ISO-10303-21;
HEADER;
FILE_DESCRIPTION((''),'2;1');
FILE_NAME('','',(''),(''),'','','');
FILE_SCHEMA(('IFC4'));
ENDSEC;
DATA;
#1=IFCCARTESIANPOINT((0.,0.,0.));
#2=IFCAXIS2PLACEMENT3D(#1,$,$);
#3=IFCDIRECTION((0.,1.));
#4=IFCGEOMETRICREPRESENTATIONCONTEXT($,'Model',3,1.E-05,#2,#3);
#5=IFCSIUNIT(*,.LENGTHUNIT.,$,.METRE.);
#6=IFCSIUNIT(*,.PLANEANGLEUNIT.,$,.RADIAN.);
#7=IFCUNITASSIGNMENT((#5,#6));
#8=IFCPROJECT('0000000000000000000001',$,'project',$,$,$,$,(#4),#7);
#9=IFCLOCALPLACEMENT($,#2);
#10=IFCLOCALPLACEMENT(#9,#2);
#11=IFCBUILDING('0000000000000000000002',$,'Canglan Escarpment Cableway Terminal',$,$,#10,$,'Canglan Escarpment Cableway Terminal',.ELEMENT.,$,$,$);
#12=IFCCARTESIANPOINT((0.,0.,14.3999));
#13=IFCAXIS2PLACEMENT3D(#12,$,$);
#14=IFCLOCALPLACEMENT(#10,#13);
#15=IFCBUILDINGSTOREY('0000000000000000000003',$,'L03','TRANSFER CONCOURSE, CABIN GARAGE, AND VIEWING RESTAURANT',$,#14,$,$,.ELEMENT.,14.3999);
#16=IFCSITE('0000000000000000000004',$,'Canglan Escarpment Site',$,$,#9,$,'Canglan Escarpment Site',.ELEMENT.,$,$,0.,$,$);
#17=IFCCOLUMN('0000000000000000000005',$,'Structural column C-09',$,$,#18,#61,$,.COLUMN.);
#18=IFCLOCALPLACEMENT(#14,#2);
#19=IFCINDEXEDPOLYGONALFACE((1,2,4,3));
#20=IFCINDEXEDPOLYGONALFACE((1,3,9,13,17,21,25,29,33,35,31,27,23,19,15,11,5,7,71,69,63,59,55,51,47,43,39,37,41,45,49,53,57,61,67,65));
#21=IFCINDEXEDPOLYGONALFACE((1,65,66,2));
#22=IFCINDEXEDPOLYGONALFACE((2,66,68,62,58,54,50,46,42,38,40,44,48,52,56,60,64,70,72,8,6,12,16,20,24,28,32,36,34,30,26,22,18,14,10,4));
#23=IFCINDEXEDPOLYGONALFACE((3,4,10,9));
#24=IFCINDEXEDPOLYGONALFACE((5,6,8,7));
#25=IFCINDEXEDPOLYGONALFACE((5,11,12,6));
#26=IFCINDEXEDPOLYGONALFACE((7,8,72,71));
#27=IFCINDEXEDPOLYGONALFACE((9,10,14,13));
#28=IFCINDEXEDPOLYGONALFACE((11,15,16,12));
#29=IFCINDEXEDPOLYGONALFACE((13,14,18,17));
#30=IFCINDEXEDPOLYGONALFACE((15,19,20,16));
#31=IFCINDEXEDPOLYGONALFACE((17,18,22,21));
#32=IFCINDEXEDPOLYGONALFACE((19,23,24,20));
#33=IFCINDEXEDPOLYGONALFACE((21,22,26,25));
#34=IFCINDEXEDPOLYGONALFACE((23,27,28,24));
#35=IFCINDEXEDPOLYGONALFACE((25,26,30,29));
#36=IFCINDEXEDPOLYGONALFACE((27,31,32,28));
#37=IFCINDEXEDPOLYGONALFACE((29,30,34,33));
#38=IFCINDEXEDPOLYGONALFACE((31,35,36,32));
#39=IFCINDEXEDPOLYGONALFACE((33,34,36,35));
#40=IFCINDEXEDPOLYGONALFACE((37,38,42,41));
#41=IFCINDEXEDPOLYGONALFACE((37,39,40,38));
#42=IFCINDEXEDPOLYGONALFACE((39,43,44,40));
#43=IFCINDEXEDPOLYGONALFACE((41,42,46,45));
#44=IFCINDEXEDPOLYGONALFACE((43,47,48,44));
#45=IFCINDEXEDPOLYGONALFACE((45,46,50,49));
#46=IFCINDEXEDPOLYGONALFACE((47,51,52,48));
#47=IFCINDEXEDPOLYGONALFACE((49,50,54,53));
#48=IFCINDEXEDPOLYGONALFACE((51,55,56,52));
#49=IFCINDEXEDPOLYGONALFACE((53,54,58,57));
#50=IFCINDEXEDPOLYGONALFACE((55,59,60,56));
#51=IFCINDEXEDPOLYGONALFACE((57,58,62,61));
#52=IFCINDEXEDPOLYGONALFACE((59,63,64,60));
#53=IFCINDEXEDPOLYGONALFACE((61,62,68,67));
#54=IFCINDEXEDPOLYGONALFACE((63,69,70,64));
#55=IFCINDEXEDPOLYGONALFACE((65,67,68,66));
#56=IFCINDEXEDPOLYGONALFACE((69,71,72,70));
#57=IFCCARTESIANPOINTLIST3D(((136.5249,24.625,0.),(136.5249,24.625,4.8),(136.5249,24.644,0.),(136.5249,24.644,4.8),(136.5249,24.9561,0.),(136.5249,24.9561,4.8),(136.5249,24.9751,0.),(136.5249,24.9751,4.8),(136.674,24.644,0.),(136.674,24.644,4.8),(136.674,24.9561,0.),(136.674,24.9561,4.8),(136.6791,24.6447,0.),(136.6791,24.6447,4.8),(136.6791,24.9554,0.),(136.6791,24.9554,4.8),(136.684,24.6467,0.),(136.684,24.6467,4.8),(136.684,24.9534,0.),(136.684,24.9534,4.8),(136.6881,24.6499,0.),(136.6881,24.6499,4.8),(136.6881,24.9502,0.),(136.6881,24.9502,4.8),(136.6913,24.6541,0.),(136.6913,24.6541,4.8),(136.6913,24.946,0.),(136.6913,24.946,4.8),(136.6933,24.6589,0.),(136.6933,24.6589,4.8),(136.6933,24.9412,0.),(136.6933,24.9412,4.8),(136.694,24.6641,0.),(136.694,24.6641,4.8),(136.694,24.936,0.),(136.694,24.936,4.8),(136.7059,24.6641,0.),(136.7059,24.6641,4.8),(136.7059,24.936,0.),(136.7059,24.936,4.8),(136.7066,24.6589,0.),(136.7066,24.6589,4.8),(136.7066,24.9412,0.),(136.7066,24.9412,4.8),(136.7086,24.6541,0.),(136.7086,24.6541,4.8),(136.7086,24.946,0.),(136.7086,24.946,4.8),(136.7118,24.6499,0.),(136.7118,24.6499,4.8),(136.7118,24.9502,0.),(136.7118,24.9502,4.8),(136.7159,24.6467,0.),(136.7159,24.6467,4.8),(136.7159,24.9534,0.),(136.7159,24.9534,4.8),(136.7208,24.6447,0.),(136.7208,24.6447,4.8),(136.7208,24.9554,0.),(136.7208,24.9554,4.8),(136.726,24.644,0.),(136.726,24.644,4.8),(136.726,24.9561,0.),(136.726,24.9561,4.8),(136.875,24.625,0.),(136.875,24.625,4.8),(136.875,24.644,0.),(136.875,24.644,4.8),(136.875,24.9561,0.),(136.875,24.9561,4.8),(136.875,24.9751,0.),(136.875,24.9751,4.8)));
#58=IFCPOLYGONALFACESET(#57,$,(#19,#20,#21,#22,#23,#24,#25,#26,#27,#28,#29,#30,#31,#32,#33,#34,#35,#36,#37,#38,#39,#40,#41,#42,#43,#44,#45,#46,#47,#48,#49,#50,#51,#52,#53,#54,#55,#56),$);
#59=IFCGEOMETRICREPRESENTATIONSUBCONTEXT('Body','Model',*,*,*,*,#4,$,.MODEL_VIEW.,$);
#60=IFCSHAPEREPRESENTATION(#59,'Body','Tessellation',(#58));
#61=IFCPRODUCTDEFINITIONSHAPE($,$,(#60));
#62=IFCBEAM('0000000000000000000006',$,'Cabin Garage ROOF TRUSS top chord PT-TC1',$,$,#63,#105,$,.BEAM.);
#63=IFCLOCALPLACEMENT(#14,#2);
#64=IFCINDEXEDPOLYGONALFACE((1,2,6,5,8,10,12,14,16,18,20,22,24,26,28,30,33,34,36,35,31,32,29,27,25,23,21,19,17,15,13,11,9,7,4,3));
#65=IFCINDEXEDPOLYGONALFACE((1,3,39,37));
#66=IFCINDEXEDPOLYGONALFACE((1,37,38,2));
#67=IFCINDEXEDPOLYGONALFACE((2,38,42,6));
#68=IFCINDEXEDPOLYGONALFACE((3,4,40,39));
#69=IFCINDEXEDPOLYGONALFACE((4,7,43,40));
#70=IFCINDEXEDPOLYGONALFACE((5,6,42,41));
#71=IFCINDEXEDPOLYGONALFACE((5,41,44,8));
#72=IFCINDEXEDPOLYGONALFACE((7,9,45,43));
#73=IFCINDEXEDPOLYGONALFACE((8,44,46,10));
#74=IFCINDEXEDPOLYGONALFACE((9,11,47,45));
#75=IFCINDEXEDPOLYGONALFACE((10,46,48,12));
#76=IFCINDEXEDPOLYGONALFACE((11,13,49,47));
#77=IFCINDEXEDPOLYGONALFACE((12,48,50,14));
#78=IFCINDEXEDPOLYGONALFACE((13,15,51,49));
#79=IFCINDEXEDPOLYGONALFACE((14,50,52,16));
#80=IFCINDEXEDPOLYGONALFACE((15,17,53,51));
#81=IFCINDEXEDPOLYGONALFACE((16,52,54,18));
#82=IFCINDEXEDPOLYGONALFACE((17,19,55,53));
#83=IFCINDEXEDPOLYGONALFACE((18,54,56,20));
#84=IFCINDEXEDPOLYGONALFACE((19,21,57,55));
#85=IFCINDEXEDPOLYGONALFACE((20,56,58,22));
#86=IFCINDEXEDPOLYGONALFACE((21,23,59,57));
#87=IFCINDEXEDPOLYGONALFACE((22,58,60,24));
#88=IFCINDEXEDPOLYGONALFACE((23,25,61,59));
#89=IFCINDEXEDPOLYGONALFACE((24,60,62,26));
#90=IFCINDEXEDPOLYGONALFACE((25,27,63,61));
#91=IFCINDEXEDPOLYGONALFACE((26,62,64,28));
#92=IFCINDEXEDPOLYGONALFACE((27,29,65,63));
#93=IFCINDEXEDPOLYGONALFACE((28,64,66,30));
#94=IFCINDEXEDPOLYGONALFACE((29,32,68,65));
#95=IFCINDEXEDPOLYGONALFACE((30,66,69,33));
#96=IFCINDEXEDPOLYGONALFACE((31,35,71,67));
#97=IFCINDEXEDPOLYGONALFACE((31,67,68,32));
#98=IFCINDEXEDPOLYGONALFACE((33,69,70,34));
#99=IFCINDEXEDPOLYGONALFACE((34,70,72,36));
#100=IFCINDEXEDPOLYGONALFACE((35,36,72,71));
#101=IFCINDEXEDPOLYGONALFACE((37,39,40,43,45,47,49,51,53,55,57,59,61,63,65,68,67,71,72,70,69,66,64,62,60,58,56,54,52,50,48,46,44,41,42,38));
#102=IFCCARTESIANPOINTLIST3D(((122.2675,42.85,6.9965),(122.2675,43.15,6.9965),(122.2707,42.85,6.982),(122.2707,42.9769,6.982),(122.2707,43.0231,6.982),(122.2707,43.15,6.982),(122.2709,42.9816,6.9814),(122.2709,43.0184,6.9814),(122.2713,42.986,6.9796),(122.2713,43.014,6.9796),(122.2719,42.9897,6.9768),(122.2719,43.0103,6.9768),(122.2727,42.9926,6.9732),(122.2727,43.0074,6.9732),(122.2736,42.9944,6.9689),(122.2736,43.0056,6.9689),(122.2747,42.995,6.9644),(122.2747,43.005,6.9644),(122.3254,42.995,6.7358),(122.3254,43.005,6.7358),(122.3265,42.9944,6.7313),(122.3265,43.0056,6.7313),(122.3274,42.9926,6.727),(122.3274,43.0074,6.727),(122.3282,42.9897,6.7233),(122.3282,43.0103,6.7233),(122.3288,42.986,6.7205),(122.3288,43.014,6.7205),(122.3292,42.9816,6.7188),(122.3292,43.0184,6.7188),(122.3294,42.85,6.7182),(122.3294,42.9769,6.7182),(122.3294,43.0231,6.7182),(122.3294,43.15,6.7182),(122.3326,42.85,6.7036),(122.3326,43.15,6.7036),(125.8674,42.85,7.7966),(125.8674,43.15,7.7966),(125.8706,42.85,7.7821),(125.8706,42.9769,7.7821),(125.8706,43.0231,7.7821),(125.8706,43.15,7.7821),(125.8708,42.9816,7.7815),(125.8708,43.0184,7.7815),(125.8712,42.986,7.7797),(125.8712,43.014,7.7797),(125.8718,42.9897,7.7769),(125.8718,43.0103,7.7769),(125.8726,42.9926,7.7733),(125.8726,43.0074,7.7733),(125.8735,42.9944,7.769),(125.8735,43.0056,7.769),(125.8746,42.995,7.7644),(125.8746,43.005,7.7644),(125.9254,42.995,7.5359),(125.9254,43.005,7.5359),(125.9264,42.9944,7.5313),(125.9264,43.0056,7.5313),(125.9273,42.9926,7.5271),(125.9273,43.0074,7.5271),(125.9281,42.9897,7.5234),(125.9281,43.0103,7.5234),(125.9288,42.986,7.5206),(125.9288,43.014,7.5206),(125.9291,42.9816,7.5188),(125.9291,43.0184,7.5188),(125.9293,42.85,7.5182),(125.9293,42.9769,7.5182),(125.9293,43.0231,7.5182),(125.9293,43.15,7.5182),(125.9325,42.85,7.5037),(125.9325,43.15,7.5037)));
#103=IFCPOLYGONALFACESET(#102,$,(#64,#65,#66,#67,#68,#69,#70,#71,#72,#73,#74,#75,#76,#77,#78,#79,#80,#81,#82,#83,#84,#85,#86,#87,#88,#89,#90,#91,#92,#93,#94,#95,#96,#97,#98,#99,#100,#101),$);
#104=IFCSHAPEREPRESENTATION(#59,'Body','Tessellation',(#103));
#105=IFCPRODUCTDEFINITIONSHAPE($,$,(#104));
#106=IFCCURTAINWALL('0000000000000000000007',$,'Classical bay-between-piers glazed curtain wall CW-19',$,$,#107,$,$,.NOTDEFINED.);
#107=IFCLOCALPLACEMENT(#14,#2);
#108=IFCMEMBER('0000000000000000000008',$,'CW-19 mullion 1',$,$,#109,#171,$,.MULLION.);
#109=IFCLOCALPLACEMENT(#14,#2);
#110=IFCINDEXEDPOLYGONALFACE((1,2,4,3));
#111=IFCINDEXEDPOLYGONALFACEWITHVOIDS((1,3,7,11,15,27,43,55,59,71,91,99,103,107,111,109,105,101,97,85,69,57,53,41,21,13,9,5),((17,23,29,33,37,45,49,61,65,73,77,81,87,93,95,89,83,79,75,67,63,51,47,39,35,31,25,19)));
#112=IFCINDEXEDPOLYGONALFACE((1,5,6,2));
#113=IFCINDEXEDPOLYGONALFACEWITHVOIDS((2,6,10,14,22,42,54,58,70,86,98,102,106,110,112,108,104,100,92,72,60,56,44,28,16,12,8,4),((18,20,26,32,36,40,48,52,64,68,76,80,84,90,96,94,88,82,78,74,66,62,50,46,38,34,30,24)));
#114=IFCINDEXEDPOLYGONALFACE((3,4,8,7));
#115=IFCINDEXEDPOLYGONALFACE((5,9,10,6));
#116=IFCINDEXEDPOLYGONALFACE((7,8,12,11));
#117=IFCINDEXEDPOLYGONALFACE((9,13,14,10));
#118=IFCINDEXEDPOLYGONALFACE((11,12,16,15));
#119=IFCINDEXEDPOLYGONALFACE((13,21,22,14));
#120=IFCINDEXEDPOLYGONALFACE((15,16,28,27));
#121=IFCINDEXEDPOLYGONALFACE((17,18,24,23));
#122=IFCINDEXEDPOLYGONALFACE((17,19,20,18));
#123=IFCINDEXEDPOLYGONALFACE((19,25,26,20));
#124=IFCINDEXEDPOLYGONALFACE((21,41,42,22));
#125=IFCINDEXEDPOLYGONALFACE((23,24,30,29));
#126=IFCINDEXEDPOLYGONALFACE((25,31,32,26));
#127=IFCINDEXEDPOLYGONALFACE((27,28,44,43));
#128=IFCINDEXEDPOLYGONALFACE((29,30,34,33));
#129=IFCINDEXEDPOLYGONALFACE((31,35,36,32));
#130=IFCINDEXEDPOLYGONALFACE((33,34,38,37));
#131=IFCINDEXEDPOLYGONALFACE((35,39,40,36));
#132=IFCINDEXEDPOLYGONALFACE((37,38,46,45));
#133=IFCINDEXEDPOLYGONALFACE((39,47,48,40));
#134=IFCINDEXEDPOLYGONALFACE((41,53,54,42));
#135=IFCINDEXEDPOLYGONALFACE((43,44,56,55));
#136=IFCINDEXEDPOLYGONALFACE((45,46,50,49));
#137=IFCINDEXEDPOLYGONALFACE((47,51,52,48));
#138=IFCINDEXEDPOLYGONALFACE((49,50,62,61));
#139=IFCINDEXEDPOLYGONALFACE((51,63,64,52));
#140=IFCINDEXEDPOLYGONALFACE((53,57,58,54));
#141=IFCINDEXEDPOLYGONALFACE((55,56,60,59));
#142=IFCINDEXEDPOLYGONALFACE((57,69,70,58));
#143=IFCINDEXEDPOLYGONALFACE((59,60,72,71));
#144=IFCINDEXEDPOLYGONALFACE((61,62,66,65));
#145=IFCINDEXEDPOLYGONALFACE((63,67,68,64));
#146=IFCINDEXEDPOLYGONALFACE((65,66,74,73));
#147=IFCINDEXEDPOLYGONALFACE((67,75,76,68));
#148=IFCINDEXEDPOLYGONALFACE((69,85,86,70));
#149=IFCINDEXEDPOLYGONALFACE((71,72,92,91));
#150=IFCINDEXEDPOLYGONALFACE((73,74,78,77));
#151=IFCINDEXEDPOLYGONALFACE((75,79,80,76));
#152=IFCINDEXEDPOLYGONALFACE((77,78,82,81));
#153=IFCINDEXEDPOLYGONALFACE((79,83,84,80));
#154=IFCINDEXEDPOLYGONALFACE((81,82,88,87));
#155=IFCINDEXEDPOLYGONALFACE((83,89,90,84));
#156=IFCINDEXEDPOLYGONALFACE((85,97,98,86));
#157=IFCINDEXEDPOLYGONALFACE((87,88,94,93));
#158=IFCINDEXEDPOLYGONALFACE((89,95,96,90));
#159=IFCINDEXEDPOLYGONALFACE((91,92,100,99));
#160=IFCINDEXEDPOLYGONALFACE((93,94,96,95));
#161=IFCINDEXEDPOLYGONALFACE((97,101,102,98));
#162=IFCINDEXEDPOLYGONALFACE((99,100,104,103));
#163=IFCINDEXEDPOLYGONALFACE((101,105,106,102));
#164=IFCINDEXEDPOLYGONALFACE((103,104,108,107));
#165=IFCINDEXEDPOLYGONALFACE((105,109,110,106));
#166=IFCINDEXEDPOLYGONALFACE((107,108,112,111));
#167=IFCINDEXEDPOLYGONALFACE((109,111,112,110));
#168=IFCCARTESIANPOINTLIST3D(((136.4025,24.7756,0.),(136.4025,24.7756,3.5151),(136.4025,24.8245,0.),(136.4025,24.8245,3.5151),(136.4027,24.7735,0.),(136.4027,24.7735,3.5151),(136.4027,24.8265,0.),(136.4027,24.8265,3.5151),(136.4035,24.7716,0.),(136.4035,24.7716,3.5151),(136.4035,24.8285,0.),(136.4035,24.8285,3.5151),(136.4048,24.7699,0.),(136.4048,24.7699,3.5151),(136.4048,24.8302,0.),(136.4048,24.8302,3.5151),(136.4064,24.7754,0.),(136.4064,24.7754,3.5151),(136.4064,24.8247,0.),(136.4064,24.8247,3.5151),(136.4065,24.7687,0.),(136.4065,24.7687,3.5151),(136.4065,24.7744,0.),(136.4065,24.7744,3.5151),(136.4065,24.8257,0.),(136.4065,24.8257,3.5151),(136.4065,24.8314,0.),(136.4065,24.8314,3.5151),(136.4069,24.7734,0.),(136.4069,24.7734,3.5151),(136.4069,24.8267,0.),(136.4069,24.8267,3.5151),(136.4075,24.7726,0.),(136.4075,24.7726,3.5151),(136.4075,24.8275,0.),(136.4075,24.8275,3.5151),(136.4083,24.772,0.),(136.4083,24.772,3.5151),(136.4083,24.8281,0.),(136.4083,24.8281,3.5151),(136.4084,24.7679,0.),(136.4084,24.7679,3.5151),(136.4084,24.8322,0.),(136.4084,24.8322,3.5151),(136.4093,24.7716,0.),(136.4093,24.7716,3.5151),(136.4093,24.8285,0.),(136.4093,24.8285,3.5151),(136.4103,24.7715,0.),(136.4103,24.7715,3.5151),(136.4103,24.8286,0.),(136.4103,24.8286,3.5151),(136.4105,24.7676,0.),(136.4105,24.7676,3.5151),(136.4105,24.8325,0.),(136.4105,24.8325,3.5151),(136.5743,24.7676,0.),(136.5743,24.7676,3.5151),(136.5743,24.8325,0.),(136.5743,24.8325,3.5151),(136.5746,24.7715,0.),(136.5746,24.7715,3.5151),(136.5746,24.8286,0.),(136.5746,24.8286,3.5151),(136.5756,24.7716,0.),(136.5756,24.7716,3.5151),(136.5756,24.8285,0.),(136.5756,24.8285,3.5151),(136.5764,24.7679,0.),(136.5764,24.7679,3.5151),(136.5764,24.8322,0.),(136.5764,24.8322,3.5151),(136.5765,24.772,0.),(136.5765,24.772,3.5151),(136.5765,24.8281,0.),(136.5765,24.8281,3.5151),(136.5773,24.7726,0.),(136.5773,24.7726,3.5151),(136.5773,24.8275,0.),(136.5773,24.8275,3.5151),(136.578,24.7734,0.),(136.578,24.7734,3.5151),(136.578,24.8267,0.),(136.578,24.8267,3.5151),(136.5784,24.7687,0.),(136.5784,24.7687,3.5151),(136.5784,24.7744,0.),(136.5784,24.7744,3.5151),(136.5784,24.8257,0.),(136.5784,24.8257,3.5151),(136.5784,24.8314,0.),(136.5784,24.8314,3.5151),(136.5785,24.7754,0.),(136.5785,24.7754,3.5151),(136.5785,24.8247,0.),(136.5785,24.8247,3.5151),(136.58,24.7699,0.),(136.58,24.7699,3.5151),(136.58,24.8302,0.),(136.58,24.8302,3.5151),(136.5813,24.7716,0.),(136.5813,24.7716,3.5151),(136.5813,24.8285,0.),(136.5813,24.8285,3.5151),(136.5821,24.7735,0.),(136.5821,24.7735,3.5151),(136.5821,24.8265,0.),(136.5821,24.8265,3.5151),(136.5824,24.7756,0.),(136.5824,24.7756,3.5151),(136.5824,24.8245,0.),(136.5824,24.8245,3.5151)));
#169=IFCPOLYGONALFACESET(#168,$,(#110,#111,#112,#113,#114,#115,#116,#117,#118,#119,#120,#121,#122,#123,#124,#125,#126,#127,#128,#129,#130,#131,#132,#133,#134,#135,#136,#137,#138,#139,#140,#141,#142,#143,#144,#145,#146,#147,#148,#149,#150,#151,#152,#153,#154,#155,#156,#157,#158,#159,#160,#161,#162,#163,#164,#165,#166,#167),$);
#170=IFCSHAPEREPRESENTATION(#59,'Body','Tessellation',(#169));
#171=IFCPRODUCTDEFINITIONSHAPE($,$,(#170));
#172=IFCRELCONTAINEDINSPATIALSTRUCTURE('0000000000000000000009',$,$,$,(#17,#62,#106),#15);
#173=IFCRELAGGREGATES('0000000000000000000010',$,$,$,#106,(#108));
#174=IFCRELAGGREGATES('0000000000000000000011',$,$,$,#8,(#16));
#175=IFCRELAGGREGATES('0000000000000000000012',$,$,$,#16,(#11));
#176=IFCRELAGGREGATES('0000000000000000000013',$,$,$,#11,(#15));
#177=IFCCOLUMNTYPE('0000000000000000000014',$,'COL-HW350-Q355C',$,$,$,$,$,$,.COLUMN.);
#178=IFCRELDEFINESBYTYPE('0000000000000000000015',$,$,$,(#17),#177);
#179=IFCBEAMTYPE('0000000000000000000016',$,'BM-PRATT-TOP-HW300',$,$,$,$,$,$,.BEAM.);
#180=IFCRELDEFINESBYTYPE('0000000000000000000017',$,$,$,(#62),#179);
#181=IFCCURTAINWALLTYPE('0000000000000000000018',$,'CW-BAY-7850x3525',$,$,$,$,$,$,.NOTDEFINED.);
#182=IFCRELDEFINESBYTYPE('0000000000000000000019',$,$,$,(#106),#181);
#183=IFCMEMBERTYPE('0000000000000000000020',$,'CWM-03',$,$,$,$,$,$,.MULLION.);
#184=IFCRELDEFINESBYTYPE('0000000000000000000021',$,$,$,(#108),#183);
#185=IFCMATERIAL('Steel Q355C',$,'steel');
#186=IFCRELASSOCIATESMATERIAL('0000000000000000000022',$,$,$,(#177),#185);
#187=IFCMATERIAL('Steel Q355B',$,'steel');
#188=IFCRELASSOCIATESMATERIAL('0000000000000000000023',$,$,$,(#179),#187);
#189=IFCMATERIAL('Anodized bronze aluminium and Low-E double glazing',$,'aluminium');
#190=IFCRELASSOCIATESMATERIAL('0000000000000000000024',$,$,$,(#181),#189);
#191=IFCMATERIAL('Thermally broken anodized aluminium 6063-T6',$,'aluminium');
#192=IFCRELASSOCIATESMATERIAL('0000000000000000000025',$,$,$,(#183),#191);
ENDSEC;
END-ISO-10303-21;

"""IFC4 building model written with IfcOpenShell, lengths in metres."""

from ifc_helpers import new_model, si_unit, direction, frame, origin, origin_2d, place, context, subcontext, project, spatial, hollow_rectangle, i_section, extrude, material, material_profile, profile_set, type_object, element, aggregate, save


model = new_model("IFC4")

# Units and contexts
model_context = context("Model", 3, precision=1e-05, world=origin(), true_north=direction((0.0, 1.0)))
body_context = subcontext(model_context, "Body", "Model", "MODEL_VIEW")
ifc_project = project(units=[si_unit("LENGTHUNIT", "METRE"), si_unit("PLANEANGLEUNIT", "RADIAN")], contexts=[model_context])

# Site, building, storey
site_placement = place(None, origin())
site = spatial("IfcSite", under=ifc_project, at=site_placement, Name="Canglan Escarpment Site", LongName="Canglan Escarpment Site", CompositionType="ELEMENT", RefElevation=0.0)
building_placement = place(site_placement, origin())
building = spatial("IfcBuilding", under=site, at=building_placement, Name="Canglan Escarpment Cableway Terminal", LongName="Canglan Escarpment Cableway Terminal", CompositionType="ELEMENT")
storey_placement = place(building_placement, frame((0.0, 0.0, 14.3999)))
storey = spatial("IfcBuildingStorey", under=building, at=storey_placement, Name="L03", Description="TRANSFER CONCOURSE, CABIN GARAGE, AND VIEWING RESTAURANT", CompositionType="ELEMENT", Elevation=14.3999)

# Column
ifc_material_1 = material(Name="Steel Q355C", Category="steel")
ifc_material_profile_1 = material_profile(ifc_material_1, i_section(OverallWidth=0.3501, OverallDepth=0.3501, WebThickness=0.012, FlangeThickness=0.019, FilletRadius=0.02, at=origin_2d()), Name="HW 350x350x12x19")
ifc_profile_set_1 = profile_set([ifc_material_profile_1], Name="Steel Q355C")
column_type = type_object("IfcColumnType", Name="COL-HW350-Q355C", PredefinedType="COLUMN", material=ifc_profile_set_1)
column_placement = place(storey_placement, frame((136.7, 24.8, 0.0), z_axis=(0.0, 0.0, 1.0), x_axis=(1.0, 0.0, 0.0)))
element("IfcColumn", 1, at=column_placement, inside=storey, type_object=column_type, Name="Structural column C-09", PredefinedType="COLUMN", context=body_context, shape_type="SweptSolid", body=[
    extrude(i_section(OverallWidth=0.3501, OverallDepth=0.3501, WebThickness=0.012, FlangeThickness=0.019, FilletRadius=0.02, at=origin_2d()), origin(), (0.0, 0.0, 1.0), 4.8),
])

# Beam
ifc_material_2 = material(Name="Steel Q355B", Category="steel")
ifc_material_profile_2 = material_profile(ifc_material_2, i_section(OverallWidth=0.3, OverallDepth=0.3, WebThickness=0.01, FlangeThickness=0.0149, FilletRadius=0.0181, at=origin_2d()), Name="HW 300x300x10x15")
ifc_profile_set_2 = profile_set([ifc_material_profile_2], Name="Steel Q355B")
beam_type = type_object("IfcBeamType", Name="BM-PRATT-TOP-HW300", PredefinedType="BEAM", material=ifc_profile_set_2)
beam_placement = place(storey_placement, frame((122.3, 43.0, 6.8501), z_axis=(0.976182, 0.0, 0.216951), x_axis=(0.0, 1.0, 0.0)))
element("IfcBeam", 2, at=beam_placement, inside=storey, type_object=beam_type, Name="Cabin Garage ROOF TRUSS top chord PT-TC1", PredefinedType="BEAM", context=body_context, shape_type="SweptSolid", body=[
    extrude(i_section(OverallWidth=0.3, OverallDepth=0.3, WebThickness=0.01, FlangeThickness=0.0149, FilletRadius=0.0181, at=origin_2d()), origin(), (0.0, 0.0, 1.0), 3.6877),
])

# Curtain wall, member
ifc_material_3 = material(Name="Anodized bronze aluminium and Low-E double glazing", Category="aluminium")
curtain_wall_type = type_object("IfcCurtainWallType", Name="CW-BAY-7850x3525", PredefinedType="NOTDEFINED", material=ifc_material_3)
curtain_wall_placement = place(storey_placement, origin())
curtain_wall = element("IfcCurtainWall", 3, at=curtain_wall_placement, inside=storey, type_object=curtain_wall_type, Name="Classical bay-between-piers glazed curtain wall CW-19", PredefinedType="NOTDEFINED")
ifc_material_4 = material(Name="Thermally broken anodized aluminium 6063-T6", Category="aluminium")
ifc_material_profile_3 = material_profile(ifc_material_4, hollow_rectangle(XDim=0.0649, YDim=0.1799, WallThickness=0.0039, InnerFilletRadius=0.0039, OuterFilletRadius=0.0081, at=origin_2d()), Name="ALU-MULL 65x180x4")
ifc_profile_set_3 = profile_set([ifc_material_profile_3], Name="Thermally broken anodized aluminium 6063-T6")
member_type_1 = type_object("IfcMemberType", Name="CWM-03", PredefinedType="MULLION", material=ifc_profile_set_3)
member_1_placement = place(storey_placement, frame((136.4924, 24.8, 0.0), z_axis=(0.0, 0.0, 1.0), x_axis=(0.0, -1.0, 0.0)))
member_1 = element("IfcMember", 4, at=member_1_placement, type_object=member_type_1, Name="CW-19 mullion 1", PredefinedType="MULLION", context=body_context, shape_type="SweptSolid", body=[
    extrude(hollow_rectangle(XDim=0.0649, YDim=0.1799, WallThickness=0.0039, InnerFilletRadius=0.0039, OuterFilletRadius=0.0081, at=origin_2d()), origin(), (0.0, 0.0, 1.0), 3.5151),
])

aggregate(curtain_wall, [member_1])

save(model, "model.ifc")
